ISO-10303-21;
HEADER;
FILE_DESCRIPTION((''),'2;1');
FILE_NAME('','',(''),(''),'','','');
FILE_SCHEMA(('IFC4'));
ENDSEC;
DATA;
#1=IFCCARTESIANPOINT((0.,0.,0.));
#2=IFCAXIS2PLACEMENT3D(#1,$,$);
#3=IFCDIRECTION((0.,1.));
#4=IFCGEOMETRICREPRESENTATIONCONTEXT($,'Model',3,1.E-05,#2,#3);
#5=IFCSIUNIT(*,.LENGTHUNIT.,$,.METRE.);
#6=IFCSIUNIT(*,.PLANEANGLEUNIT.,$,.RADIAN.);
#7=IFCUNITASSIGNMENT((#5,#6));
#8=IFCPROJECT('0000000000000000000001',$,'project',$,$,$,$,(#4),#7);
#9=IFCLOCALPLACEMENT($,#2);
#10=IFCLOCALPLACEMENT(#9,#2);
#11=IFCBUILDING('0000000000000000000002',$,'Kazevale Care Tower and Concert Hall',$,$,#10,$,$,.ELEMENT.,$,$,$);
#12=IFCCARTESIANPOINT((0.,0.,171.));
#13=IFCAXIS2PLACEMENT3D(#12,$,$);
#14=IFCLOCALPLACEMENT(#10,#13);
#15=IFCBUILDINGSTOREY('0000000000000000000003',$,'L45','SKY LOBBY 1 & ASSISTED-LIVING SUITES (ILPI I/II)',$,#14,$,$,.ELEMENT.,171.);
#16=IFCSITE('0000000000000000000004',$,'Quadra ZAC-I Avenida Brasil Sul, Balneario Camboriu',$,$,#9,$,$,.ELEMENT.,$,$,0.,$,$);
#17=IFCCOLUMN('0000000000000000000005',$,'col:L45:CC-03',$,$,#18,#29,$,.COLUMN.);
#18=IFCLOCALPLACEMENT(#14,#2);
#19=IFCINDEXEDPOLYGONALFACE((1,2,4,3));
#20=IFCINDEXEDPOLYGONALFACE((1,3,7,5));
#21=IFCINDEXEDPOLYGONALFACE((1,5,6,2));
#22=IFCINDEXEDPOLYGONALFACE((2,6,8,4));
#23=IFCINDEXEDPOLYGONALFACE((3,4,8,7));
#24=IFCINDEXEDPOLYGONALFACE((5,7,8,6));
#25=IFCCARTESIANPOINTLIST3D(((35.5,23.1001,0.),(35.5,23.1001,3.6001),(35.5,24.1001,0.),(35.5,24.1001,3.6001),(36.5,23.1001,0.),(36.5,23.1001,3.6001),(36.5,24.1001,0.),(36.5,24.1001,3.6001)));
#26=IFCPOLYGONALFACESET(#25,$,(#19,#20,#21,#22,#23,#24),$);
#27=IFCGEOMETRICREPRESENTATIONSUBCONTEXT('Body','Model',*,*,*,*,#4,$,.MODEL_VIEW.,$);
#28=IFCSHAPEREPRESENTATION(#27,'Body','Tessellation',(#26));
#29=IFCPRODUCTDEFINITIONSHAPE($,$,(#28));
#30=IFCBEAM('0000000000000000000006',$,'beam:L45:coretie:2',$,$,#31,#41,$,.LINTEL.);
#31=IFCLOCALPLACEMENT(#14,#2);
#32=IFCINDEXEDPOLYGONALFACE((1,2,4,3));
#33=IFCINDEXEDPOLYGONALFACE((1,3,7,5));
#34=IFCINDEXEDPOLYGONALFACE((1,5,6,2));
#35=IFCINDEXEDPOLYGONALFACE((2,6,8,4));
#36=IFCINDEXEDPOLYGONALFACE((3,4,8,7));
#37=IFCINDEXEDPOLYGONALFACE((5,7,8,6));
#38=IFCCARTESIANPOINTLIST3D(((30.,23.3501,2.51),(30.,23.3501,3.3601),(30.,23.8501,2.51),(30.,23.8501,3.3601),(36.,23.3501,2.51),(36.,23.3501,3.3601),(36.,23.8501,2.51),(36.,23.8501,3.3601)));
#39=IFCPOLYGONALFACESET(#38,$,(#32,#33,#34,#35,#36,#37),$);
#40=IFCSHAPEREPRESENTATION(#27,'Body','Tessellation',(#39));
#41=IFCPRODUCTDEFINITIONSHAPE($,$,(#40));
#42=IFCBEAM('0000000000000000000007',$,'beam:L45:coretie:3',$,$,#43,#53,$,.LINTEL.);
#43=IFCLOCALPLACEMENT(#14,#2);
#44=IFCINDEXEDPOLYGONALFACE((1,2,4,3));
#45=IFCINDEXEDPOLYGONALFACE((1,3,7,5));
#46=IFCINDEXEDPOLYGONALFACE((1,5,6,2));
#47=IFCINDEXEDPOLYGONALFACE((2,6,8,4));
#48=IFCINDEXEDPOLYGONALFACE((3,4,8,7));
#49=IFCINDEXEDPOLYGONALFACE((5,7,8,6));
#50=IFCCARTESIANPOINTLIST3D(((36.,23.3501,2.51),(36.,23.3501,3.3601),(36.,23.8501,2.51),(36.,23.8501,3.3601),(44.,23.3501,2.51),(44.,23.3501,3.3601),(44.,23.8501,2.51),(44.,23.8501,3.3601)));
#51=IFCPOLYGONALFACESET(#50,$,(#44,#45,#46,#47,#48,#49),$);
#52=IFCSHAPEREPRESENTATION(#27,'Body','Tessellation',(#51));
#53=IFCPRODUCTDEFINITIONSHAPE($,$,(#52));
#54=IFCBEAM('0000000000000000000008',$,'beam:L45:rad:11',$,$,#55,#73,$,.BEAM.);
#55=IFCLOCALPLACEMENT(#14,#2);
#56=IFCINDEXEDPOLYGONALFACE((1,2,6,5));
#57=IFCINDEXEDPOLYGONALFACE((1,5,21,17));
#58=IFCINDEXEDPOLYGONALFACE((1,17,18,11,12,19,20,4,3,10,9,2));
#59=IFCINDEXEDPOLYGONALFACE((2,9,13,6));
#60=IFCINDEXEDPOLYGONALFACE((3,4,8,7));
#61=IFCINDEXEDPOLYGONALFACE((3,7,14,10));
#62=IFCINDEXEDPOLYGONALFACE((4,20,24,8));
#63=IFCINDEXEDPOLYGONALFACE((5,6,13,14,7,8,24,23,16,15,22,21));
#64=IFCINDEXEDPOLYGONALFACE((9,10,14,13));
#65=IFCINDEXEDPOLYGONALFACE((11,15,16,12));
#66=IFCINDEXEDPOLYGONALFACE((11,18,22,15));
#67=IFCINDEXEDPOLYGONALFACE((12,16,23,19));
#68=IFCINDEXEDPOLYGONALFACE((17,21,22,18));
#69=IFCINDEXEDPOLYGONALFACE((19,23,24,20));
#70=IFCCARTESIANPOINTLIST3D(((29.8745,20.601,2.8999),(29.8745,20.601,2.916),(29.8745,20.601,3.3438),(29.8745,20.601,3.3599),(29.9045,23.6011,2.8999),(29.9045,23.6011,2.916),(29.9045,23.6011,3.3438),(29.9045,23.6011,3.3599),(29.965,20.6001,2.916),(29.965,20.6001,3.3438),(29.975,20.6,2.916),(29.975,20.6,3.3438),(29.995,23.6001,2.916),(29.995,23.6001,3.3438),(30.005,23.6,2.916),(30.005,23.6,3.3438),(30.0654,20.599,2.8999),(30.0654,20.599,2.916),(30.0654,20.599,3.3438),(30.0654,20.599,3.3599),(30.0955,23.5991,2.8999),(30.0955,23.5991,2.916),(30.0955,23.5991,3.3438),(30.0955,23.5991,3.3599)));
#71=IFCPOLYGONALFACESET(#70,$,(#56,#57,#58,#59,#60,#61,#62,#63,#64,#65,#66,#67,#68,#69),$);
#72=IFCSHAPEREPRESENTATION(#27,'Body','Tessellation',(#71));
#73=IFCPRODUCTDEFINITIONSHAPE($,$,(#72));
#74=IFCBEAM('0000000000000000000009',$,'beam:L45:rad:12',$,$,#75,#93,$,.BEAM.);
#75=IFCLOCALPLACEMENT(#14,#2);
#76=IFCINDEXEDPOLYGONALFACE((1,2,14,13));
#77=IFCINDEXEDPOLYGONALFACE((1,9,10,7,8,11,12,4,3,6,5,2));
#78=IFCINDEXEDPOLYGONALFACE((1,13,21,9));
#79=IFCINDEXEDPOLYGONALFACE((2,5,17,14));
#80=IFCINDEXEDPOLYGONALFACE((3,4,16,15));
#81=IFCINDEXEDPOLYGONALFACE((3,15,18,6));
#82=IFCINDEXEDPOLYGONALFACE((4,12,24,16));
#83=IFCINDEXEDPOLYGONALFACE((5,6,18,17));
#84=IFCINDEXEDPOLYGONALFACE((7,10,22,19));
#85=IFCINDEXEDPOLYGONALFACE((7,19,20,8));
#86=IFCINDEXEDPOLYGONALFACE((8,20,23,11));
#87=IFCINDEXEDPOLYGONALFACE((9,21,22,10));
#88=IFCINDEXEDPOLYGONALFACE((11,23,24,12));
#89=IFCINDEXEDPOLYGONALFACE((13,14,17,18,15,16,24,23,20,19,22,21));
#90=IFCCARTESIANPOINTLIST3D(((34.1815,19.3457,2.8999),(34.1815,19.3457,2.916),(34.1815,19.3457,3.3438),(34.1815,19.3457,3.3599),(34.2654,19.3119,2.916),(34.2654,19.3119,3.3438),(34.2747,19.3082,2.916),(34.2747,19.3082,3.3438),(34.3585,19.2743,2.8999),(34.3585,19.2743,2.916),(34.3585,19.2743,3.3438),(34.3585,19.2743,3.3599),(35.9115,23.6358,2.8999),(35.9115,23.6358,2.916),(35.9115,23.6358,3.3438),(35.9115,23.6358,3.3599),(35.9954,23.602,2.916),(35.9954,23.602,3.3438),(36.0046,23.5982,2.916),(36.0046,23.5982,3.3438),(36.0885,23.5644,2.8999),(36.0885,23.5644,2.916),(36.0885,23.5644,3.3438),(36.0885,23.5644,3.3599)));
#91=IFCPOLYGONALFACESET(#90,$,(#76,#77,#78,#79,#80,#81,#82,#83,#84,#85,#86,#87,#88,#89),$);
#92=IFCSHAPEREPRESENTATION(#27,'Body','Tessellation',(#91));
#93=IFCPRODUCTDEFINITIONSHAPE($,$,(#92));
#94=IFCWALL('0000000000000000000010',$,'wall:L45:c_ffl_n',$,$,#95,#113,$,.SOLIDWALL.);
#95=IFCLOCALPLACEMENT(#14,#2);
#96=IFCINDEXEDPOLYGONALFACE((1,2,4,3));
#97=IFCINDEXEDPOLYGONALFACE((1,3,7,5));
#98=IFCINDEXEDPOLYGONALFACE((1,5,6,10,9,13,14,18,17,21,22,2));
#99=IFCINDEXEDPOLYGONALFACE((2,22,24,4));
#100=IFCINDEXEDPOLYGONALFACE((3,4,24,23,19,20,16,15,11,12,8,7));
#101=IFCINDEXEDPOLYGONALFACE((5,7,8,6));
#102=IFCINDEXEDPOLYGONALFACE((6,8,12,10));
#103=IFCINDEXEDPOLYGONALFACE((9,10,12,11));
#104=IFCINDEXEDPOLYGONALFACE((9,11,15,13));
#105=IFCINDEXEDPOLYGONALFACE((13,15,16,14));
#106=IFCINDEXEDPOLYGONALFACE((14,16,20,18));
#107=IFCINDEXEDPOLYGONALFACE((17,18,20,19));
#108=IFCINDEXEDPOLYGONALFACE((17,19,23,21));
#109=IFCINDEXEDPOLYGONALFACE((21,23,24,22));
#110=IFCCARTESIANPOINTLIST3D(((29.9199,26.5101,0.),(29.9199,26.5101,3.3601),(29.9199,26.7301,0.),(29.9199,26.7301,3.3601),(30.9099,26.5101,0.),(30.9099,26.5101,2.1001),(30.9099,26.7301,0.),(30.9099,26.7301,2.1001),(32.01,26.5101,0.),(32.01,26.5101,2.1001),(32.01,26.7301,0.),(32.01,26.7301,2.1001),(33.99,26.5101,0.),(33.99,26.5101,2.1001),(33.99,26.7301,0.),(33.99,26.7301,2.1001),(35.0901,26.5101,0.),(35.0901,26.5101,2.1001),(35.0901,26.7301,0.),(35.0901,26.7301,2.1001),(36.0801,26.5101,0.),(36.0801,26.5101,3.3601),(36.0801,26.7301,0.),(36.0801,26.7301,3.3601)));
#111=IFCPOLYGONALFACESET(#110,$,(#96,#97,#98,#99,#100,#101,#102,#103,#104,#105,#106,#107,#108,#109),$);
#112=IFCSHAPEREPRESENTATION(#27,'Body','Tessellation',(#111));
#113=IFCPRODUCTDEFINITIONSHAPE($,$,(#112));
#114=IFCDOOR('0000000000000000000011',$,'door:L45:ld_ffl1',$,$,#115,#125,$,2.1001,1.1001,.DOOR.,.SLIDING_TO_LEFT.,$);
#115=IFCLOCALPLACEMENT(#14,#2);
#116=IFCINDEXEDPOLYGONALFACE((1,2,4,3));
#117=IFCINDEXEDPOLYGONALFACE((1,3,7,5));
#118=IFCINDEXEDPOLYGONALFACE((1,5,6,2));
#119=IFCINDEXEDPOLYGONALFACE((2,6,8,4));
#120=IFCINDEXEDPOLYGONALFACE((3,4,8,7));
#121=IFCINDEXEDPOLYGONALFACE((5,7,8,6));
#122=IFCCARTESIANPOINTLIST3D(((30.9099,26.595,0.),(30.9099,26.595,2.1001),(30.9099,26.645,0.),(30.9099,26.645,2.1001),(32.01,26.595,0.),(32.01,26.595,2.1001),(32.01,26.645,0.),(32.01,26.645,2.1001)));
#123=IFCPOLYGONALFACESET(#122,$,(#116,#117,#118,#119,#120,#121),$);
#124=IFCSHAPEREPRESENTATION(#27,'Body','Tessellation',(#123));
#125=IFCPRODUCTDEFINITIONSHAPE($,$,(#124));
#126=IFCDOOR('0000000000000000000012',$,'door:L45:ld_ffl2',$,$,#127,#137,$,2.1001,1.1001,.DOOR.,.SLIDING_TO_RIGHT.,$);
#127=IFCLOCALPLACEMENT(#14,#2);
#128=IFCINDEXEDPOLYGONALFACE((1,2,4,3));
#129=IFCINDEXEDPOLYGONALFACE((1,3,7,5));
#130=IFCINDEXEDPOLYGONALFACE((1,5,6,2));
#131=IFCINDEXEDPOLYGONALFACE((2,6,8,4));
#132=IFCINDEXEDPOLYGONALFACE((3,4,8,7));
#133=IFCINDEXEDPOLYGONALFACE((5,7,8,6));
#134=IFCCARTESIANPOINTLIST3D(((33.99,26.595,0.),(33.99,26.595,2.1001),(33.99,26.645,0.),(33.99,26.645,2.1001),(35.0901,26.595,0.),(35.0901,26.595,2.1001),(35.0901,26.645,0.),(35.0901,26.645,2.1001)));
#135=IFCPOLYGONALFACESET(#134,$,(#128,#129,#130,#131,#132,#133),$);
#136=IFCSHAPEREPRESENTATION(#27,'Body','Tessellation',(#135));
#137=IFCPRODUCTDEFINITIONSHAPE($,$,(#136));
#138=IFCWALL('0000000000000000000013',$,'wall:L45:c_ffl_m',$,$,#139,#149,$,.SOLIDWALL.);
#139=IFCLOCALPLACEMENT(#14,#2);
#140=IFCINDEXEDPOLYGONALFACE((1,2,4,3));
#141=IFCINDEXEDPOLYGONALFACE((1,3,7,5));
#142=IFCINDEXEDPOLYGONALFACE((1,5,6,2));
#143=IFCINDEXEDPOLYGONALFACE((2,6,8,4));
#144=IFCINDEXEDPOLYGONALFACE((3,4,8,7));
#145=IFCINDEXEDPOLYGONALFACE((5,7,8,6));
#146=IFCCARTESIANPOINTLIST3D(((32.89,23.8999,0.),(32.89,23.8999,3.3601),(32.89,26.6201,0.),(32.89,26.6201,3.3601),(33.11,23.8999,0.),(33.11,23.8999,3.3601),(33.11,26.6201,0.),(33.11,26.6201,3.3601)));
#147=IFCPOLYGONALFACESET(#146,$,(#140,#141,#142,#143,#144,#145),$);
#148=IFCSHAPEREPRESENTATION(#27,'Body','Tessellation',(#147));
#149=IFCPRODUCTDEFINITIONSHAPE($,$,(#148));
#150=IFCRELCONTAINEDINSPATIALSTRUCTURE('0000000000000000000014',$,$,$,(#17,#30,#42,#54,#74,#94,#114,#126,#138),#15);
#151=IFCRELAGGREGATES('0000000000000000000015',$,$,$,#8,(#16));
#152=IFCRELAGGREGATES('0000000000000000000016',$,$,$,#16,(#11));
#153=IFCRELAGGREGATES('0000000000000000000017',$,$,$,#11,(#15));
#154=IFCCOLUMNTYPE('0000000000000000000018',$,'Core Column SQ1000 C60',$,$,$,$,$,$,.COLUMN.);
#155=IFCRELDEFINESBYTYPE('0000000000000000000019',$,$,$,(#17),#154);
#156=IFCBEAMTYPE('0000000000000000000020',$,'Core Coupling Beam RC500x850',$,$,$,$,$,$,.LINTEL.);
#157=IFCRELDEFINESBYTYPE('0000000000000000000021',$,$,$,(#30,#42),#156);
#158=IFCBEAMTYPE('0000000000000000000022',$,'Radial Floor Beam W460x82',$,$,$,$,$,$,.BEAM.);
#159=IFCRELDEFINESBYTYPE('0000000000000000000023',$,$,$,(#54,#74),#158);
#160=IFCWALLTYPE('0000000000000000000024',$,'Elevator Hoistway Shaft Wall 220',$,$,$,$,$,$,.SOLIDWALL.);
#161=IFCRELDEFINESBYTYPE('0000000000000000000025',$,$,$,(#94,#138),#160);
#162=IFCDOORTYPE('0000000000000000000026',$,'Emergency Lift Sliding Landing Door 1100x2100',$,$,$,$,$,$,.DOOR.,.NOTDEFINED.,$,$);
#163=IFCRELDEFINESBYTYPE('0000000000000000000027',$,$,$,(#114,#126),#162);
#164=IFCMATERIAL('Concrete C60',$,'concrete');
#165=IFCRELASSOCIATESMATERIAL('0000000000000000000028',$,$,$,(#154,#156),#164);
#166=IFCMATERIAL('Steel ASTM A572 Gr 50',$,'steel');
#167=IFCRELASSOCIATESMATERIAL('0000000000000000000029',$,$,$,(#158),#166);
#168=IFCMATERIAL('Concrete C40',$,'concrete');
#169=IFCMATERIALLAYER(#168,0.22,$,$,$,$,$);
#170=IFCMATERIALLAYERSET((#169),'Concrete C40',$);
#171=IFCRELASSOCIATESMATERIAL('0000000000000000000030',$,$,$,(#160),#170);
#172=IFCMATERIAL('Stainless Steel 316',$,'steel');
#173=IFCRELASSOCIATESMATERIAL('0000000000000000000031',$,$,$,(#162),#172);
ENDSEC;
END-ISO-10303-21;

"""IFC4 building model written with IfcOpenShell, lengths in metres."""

from ifc_helpers import new_model, si_unit, direction, frame, frame_2d, origin, origin_2d, place, context, subcontext, project, spatial, rectangle, i_section, extrude, material, layer, layer_set, material_profile, profile_set, type_object, element, fill, save


model = new_model("IFC4")

# Units and contexts
model_context = context("Model", 3, precision=1e-05, world=origin(), true_north=direction((0.0, 1.0)))
body_context = subcontext(model_context, "Body", "Model", "MODEL_VIEW")
ifc_project = project(units=[si_unit("LENGTHUNIT", "METRE"), si_unit("PLANEANGLEUNIT", "RADIAN")], contexts=[model_context])

# Site, building, storey
site_placement = place(None, origin())
site = spatial("IfcSite", under=ifc_project, at=site_placement, Name="Quadra ZAC-I Avenida Brasil Sul, Balneario Camboriu", CompositionType="ELEMENT", RefElevation=0.0)
building_placement = place(site_placement, origin())
building = spatial("IfcBuilding", under=site, at=building_placement, Name="Kazevale Care Tower and Concert Hall", CompositionType="ELEMENT")
storey_placement = place(building_placement, frame((0.0, 0.0, 171.0)))
storey = spatial("IfcBuildingStorey", under=building, at=storey_placement, Name="L45", Description="SKY LOBBY 1 & ASSISTED-LIVING SUITES (ILPI I/II)", CompositionType="ELEMENT", Elevation=171.0)

# Column
ifc_material_1 = material(Name="Concrete C60", Category="concrete")
ifc_material_profile_1 = material_profile(ifc_material_1, rectangle(XDim=1.0, YDim=1.0, at=origin_2d()), Name="RC-SQ1000")
ifc_profile_set_1 = profile_set([ifc_material_profile_1], Name="Concrete C60")
column_type = type_object("IfcColumnType", Name="Core Column SQ1000 C60", PredefinedType="COLUMN", material=ifc_profile_set_1)
column_placement = place(storey_placement, frame((36.0, 23.6001, 0.0), z_axis=(0.0, 0.0, 1.0), x_axis=(1.0, 0.0, 0.0)))
element("IfcColumn", 1, at=column_placement, inside=storey, type_object=column_type, Name="col:L45:CC-03", PredefinedType="COLUMN", context=body_context, shape_type="SweptSolid", body=[
    extrude(rectangle(XDim=1.0, YDim=1.0, at=origin_2d()), origin(), (0.0, 0.0, 1.0), 3.6001),
])

# Beams
ifc_material_profile_2 = material_profile(ifc_material_1, rectangle(XDim=0.5, YDim=0.8501, at=origin_2d()), Name="RC-B500x850")
ifc_profile_set_2 = profile_set([ifc_material_profile_2], Name="Concrete C60")
beam_type_1 = type_object("IfcBeamType", Name="Core Coupling Beam RC500x850", PredefinedType="LINTEL", material=ifc_profile_set_2)
beam_1_placement = place(storey_placement, frame((30.0, 23.6001, 2.9351), z_axis=(1.0, 0.0, 0.0), x_axis=(0.0, 1.0, 0.0)))
element("IfcBeam", 2, at=beam_1_placement, inside=storey, type_object=beam_type_1, Name="beam:L45:coretie:2", PredefinedType="LINTEL", context=body_context, shape_type="SweptSolid", body=[
    extrude(rectangle(XDim=0.5, YDim=0.8501, at=origin_2d()), origin(), (0.0, 0.0, 1.0), 6.0),
])
beam_2_placement = place(storey_placement, frame((36.0, 23.6001, 2.9351), z_axis=(1.0, 0.0, 0.0), x_axis=(0.0, 1.0, 0.0)))
element("IfcBeam", 3, at=beam_2_placement, inside=storey, type_object=beam_type_1, Name="beam:L45:coretie:3", PredefinedType="LINTEL", context=body_context, shape_type="SweptSolid", body=[
    extrude(rectangle(XDim=0.5, YDim=0.8501, at=origin_2d()), origin(), (0.0, 0.0, 1.0), 8.0),
])
ifc_material_2 = material(Name="Steel ASTM A572 Gr 50", Category="steel")
ifc_material_profile_3 = material_profile(ifc_material_2, i_section(OverallWidth=0.1909, OverallDepth=0.46, WebThickness=0.01, FlangeThickness=0.0161, at=origin_2d()), Name="W460x82")
ifc_profile_set_3 = profile_set([ifc_material_profile_3], Name="Steel ASTM A572 Gr 50")
beam_type_2 = type_object("IfcBeamType", Name="Radial Floor Beam W460x82", PredefinedType="BEAM", material=ifc_profile_set_3)
beam_3_placement = place(storey_placement, frame((30.0, 23.6001, 3.1299), z_axis=(-0.010009, -0.99995, 0.0), x_axis=(0.99995, -0.010009, 0.0)))
element("IfcBeam", 4, at=beam_3_placement, inside=storey, type_object=beam_type_2, Name="beam:L45:rad:11", PredefinedType="BEAM", context=body_context, shape_type="SweptSolid", body=[
    extrude(i_section(OverallWidth=0.1909, OverallDepth=0.46, WebThickness=0.01, FlangeThickness=0.0161, at=origin_2d()), origin(), (0.0, 0.0, 1.0), 3.0002),
])
beam_4_placement = place(storey_placement, frame((36.0, 23.6001, 3.1299), z_axis=(-0.373992, -0.927432, 0.0), x_axis=(0.927432, -0.373992, 0.0)))
element("IfcBeam", 5, at=beam_4_placement, inside=storey, type_object=beam_type_2, Name="beam:L45:rad:12", PredefinedType="BEAM", context=body_context, shape_type="SweptSolid", body=[
    extrude(i_section(OverallWidth=0.1909, OverallDepth=0.46, WebThickness=0.01, FlangeThickness=0.0161, at=origin_2d()), origin(), (0.0, 0.0, 1.0), 4.6257),
])

# Wall, openings, doors
ifc_material_3 = material(Name="Concrete C40", Category="concrete")
ifc_layer_1 = layer(ifc_material_3, 0.22)
ifc_layer_set_1 = layer_set([ifc_layer_1], Name="Concrete C40")
wall_type_1 = type_object("IfcWallType", Name="Elevator Hoistway Shaft Wall 220", PredefinedType="SOLIDWALL", material=ifc_layer_set_1)
wall_1_placement = place(storey_placement, frame((29.9199, 26.6201, 0.0), z_axis=(0.0, 0.0, 1.0), x_axis=(1.0, 0.0, 0.0)))
wall_1 = element("IfcWall", 6, at=wall_1_placement, inside=storey, type_object=wall_type_1, Name="wall:L45:c_ffl_n", PredefinedType="SOLIDWALL", context=body_context, shape_type="SweptSolid", body=[
    extrude(rectangle(XDim=6.1602, YDim=0.22, at=frame_2d((3.0801, 0.0))), origin(), (0.0, 0.0, 1.0), 3.3601),
])
opening_1_placement = place(wall_1_placement, frame((0.99, 0.0, 0.0)))
opening_1 = element("IfcOpeningElement", 7, at=opening_1_placement, cuts=wall_1, PredefinedType="OPENING", context=body_context, shape_type="SweptSolid", body=[
    extrude(rectangle(XDim=1.1001, YDim=2.1001, at=frame_2d((0.55, 1.05))), frame((0.0, 0.1199, 0.0), z_axis=(0.0, -1.0, 0.0), x_axis=(1.0, 0.0, 0.0)), (0.0, 0.0, 1.0), 0.24),
])
opening_2_placement = place(wall_1_placement, frame((4.0701, 0.0, 0.0)))
opening_2 = element("IfcOpeningElement", 8, at=opening_2_placement, cuts=wall_1, PredefinedType="OPENING", context=body_context, shape_type="SweptSolid", body=[
    extrude(rectangle(XDim=1.1001, YDim=2.1001, at=frame_2d((0.55, 1.05))), frame((0.0, 0.1199, 0.0), z_axis=(0.0, -1.0, 0.0), x_axis=(1.0, 0.0, 0.0)), (0.0, 0.0, 1.0), 0.24),
])
ifc_material_4 = material(Name="Stainless Steel 316", Category="steel")
door_type_1 = type_object("IfcDoorType", Name="Emergency Lift Sliding Landing Door 1100x2100", OperationType="NOTDEFINED", PredefinedType="DOOR", material=ifc_material_4)
door_1_placement = place(opening_1_placement, origin())
door_1 = element("IfcDoor", 9, at=door_1_placement, inside=storey, type_object=door_type_1, Name="door:L45:ld_ffl1", OperationType="SLIDING_TO_LEFT", OverallHeight=2.1001, OverallWidth=1.1001, PredefinedType="DOOR", context=body_context, shape_type="SweptSolid", body=[
    extrude(rectangle(XDim=1.1001, YDim=2.1001, at=frame_2d((0.55, 1.05))), frame((0.0, 0.0249, 0.0), z_axis=(0.0, -1.0, 0.0), x_axis=(1.0, 0.0, 0.0)), (0.0, 0.0, 1.0), 0.05),
])
fill(opening_1, door_1)
door_2_placement = place(opening_2_placement, origin())
door_2 = element("IfcDoor", 10, at=door_2_placement, inside=storey, type_object=door_type_1, Name="door:L45:ld_ffl2", OperationType="SLIDING_TO_RIGHT", OverallHeight=2.1001, OverallWidth=1.1001, PredefinedType="DOOR", context=body_context, shape_type="SweptSolid", body=[
    extrude(rectangle(XDim=1.1001, YDim=2.1001, at=frame_2d((0.55, 1.05))), frame((0.0, 0.0249, 0.0), z_axis=(0.0, -1.0, 0.0), x_axis=(1.0, 0.0, 0.0)), (0.0, 0.0, 1.0), 0.05),
])
fill(opening_2, door_2)

# Wall
wall_2_placement = place(storey_placement, frame((33.0, 23.8999, 0.0), z_axis=(0.0, 0.0, 1.0), x_axis=(0.0, 1.0, 0.0)))
element("IfcWall", 11, at=wall_2_placement, inside=storey, type_object=wall_type_1, Name="wall:L45:c_ffl_m", PredefinedType="SOLIDWALL", context=body_context, shape_type="SweptSolid", body=[
    extrude(rectangle(XDim=2.7202, YDim=0.22, at=frame_2d((1.3601, 0.0))), origin(), (0.0, 0.0, 1.0), 3.3601),
])

save(model, "model.ifc")
